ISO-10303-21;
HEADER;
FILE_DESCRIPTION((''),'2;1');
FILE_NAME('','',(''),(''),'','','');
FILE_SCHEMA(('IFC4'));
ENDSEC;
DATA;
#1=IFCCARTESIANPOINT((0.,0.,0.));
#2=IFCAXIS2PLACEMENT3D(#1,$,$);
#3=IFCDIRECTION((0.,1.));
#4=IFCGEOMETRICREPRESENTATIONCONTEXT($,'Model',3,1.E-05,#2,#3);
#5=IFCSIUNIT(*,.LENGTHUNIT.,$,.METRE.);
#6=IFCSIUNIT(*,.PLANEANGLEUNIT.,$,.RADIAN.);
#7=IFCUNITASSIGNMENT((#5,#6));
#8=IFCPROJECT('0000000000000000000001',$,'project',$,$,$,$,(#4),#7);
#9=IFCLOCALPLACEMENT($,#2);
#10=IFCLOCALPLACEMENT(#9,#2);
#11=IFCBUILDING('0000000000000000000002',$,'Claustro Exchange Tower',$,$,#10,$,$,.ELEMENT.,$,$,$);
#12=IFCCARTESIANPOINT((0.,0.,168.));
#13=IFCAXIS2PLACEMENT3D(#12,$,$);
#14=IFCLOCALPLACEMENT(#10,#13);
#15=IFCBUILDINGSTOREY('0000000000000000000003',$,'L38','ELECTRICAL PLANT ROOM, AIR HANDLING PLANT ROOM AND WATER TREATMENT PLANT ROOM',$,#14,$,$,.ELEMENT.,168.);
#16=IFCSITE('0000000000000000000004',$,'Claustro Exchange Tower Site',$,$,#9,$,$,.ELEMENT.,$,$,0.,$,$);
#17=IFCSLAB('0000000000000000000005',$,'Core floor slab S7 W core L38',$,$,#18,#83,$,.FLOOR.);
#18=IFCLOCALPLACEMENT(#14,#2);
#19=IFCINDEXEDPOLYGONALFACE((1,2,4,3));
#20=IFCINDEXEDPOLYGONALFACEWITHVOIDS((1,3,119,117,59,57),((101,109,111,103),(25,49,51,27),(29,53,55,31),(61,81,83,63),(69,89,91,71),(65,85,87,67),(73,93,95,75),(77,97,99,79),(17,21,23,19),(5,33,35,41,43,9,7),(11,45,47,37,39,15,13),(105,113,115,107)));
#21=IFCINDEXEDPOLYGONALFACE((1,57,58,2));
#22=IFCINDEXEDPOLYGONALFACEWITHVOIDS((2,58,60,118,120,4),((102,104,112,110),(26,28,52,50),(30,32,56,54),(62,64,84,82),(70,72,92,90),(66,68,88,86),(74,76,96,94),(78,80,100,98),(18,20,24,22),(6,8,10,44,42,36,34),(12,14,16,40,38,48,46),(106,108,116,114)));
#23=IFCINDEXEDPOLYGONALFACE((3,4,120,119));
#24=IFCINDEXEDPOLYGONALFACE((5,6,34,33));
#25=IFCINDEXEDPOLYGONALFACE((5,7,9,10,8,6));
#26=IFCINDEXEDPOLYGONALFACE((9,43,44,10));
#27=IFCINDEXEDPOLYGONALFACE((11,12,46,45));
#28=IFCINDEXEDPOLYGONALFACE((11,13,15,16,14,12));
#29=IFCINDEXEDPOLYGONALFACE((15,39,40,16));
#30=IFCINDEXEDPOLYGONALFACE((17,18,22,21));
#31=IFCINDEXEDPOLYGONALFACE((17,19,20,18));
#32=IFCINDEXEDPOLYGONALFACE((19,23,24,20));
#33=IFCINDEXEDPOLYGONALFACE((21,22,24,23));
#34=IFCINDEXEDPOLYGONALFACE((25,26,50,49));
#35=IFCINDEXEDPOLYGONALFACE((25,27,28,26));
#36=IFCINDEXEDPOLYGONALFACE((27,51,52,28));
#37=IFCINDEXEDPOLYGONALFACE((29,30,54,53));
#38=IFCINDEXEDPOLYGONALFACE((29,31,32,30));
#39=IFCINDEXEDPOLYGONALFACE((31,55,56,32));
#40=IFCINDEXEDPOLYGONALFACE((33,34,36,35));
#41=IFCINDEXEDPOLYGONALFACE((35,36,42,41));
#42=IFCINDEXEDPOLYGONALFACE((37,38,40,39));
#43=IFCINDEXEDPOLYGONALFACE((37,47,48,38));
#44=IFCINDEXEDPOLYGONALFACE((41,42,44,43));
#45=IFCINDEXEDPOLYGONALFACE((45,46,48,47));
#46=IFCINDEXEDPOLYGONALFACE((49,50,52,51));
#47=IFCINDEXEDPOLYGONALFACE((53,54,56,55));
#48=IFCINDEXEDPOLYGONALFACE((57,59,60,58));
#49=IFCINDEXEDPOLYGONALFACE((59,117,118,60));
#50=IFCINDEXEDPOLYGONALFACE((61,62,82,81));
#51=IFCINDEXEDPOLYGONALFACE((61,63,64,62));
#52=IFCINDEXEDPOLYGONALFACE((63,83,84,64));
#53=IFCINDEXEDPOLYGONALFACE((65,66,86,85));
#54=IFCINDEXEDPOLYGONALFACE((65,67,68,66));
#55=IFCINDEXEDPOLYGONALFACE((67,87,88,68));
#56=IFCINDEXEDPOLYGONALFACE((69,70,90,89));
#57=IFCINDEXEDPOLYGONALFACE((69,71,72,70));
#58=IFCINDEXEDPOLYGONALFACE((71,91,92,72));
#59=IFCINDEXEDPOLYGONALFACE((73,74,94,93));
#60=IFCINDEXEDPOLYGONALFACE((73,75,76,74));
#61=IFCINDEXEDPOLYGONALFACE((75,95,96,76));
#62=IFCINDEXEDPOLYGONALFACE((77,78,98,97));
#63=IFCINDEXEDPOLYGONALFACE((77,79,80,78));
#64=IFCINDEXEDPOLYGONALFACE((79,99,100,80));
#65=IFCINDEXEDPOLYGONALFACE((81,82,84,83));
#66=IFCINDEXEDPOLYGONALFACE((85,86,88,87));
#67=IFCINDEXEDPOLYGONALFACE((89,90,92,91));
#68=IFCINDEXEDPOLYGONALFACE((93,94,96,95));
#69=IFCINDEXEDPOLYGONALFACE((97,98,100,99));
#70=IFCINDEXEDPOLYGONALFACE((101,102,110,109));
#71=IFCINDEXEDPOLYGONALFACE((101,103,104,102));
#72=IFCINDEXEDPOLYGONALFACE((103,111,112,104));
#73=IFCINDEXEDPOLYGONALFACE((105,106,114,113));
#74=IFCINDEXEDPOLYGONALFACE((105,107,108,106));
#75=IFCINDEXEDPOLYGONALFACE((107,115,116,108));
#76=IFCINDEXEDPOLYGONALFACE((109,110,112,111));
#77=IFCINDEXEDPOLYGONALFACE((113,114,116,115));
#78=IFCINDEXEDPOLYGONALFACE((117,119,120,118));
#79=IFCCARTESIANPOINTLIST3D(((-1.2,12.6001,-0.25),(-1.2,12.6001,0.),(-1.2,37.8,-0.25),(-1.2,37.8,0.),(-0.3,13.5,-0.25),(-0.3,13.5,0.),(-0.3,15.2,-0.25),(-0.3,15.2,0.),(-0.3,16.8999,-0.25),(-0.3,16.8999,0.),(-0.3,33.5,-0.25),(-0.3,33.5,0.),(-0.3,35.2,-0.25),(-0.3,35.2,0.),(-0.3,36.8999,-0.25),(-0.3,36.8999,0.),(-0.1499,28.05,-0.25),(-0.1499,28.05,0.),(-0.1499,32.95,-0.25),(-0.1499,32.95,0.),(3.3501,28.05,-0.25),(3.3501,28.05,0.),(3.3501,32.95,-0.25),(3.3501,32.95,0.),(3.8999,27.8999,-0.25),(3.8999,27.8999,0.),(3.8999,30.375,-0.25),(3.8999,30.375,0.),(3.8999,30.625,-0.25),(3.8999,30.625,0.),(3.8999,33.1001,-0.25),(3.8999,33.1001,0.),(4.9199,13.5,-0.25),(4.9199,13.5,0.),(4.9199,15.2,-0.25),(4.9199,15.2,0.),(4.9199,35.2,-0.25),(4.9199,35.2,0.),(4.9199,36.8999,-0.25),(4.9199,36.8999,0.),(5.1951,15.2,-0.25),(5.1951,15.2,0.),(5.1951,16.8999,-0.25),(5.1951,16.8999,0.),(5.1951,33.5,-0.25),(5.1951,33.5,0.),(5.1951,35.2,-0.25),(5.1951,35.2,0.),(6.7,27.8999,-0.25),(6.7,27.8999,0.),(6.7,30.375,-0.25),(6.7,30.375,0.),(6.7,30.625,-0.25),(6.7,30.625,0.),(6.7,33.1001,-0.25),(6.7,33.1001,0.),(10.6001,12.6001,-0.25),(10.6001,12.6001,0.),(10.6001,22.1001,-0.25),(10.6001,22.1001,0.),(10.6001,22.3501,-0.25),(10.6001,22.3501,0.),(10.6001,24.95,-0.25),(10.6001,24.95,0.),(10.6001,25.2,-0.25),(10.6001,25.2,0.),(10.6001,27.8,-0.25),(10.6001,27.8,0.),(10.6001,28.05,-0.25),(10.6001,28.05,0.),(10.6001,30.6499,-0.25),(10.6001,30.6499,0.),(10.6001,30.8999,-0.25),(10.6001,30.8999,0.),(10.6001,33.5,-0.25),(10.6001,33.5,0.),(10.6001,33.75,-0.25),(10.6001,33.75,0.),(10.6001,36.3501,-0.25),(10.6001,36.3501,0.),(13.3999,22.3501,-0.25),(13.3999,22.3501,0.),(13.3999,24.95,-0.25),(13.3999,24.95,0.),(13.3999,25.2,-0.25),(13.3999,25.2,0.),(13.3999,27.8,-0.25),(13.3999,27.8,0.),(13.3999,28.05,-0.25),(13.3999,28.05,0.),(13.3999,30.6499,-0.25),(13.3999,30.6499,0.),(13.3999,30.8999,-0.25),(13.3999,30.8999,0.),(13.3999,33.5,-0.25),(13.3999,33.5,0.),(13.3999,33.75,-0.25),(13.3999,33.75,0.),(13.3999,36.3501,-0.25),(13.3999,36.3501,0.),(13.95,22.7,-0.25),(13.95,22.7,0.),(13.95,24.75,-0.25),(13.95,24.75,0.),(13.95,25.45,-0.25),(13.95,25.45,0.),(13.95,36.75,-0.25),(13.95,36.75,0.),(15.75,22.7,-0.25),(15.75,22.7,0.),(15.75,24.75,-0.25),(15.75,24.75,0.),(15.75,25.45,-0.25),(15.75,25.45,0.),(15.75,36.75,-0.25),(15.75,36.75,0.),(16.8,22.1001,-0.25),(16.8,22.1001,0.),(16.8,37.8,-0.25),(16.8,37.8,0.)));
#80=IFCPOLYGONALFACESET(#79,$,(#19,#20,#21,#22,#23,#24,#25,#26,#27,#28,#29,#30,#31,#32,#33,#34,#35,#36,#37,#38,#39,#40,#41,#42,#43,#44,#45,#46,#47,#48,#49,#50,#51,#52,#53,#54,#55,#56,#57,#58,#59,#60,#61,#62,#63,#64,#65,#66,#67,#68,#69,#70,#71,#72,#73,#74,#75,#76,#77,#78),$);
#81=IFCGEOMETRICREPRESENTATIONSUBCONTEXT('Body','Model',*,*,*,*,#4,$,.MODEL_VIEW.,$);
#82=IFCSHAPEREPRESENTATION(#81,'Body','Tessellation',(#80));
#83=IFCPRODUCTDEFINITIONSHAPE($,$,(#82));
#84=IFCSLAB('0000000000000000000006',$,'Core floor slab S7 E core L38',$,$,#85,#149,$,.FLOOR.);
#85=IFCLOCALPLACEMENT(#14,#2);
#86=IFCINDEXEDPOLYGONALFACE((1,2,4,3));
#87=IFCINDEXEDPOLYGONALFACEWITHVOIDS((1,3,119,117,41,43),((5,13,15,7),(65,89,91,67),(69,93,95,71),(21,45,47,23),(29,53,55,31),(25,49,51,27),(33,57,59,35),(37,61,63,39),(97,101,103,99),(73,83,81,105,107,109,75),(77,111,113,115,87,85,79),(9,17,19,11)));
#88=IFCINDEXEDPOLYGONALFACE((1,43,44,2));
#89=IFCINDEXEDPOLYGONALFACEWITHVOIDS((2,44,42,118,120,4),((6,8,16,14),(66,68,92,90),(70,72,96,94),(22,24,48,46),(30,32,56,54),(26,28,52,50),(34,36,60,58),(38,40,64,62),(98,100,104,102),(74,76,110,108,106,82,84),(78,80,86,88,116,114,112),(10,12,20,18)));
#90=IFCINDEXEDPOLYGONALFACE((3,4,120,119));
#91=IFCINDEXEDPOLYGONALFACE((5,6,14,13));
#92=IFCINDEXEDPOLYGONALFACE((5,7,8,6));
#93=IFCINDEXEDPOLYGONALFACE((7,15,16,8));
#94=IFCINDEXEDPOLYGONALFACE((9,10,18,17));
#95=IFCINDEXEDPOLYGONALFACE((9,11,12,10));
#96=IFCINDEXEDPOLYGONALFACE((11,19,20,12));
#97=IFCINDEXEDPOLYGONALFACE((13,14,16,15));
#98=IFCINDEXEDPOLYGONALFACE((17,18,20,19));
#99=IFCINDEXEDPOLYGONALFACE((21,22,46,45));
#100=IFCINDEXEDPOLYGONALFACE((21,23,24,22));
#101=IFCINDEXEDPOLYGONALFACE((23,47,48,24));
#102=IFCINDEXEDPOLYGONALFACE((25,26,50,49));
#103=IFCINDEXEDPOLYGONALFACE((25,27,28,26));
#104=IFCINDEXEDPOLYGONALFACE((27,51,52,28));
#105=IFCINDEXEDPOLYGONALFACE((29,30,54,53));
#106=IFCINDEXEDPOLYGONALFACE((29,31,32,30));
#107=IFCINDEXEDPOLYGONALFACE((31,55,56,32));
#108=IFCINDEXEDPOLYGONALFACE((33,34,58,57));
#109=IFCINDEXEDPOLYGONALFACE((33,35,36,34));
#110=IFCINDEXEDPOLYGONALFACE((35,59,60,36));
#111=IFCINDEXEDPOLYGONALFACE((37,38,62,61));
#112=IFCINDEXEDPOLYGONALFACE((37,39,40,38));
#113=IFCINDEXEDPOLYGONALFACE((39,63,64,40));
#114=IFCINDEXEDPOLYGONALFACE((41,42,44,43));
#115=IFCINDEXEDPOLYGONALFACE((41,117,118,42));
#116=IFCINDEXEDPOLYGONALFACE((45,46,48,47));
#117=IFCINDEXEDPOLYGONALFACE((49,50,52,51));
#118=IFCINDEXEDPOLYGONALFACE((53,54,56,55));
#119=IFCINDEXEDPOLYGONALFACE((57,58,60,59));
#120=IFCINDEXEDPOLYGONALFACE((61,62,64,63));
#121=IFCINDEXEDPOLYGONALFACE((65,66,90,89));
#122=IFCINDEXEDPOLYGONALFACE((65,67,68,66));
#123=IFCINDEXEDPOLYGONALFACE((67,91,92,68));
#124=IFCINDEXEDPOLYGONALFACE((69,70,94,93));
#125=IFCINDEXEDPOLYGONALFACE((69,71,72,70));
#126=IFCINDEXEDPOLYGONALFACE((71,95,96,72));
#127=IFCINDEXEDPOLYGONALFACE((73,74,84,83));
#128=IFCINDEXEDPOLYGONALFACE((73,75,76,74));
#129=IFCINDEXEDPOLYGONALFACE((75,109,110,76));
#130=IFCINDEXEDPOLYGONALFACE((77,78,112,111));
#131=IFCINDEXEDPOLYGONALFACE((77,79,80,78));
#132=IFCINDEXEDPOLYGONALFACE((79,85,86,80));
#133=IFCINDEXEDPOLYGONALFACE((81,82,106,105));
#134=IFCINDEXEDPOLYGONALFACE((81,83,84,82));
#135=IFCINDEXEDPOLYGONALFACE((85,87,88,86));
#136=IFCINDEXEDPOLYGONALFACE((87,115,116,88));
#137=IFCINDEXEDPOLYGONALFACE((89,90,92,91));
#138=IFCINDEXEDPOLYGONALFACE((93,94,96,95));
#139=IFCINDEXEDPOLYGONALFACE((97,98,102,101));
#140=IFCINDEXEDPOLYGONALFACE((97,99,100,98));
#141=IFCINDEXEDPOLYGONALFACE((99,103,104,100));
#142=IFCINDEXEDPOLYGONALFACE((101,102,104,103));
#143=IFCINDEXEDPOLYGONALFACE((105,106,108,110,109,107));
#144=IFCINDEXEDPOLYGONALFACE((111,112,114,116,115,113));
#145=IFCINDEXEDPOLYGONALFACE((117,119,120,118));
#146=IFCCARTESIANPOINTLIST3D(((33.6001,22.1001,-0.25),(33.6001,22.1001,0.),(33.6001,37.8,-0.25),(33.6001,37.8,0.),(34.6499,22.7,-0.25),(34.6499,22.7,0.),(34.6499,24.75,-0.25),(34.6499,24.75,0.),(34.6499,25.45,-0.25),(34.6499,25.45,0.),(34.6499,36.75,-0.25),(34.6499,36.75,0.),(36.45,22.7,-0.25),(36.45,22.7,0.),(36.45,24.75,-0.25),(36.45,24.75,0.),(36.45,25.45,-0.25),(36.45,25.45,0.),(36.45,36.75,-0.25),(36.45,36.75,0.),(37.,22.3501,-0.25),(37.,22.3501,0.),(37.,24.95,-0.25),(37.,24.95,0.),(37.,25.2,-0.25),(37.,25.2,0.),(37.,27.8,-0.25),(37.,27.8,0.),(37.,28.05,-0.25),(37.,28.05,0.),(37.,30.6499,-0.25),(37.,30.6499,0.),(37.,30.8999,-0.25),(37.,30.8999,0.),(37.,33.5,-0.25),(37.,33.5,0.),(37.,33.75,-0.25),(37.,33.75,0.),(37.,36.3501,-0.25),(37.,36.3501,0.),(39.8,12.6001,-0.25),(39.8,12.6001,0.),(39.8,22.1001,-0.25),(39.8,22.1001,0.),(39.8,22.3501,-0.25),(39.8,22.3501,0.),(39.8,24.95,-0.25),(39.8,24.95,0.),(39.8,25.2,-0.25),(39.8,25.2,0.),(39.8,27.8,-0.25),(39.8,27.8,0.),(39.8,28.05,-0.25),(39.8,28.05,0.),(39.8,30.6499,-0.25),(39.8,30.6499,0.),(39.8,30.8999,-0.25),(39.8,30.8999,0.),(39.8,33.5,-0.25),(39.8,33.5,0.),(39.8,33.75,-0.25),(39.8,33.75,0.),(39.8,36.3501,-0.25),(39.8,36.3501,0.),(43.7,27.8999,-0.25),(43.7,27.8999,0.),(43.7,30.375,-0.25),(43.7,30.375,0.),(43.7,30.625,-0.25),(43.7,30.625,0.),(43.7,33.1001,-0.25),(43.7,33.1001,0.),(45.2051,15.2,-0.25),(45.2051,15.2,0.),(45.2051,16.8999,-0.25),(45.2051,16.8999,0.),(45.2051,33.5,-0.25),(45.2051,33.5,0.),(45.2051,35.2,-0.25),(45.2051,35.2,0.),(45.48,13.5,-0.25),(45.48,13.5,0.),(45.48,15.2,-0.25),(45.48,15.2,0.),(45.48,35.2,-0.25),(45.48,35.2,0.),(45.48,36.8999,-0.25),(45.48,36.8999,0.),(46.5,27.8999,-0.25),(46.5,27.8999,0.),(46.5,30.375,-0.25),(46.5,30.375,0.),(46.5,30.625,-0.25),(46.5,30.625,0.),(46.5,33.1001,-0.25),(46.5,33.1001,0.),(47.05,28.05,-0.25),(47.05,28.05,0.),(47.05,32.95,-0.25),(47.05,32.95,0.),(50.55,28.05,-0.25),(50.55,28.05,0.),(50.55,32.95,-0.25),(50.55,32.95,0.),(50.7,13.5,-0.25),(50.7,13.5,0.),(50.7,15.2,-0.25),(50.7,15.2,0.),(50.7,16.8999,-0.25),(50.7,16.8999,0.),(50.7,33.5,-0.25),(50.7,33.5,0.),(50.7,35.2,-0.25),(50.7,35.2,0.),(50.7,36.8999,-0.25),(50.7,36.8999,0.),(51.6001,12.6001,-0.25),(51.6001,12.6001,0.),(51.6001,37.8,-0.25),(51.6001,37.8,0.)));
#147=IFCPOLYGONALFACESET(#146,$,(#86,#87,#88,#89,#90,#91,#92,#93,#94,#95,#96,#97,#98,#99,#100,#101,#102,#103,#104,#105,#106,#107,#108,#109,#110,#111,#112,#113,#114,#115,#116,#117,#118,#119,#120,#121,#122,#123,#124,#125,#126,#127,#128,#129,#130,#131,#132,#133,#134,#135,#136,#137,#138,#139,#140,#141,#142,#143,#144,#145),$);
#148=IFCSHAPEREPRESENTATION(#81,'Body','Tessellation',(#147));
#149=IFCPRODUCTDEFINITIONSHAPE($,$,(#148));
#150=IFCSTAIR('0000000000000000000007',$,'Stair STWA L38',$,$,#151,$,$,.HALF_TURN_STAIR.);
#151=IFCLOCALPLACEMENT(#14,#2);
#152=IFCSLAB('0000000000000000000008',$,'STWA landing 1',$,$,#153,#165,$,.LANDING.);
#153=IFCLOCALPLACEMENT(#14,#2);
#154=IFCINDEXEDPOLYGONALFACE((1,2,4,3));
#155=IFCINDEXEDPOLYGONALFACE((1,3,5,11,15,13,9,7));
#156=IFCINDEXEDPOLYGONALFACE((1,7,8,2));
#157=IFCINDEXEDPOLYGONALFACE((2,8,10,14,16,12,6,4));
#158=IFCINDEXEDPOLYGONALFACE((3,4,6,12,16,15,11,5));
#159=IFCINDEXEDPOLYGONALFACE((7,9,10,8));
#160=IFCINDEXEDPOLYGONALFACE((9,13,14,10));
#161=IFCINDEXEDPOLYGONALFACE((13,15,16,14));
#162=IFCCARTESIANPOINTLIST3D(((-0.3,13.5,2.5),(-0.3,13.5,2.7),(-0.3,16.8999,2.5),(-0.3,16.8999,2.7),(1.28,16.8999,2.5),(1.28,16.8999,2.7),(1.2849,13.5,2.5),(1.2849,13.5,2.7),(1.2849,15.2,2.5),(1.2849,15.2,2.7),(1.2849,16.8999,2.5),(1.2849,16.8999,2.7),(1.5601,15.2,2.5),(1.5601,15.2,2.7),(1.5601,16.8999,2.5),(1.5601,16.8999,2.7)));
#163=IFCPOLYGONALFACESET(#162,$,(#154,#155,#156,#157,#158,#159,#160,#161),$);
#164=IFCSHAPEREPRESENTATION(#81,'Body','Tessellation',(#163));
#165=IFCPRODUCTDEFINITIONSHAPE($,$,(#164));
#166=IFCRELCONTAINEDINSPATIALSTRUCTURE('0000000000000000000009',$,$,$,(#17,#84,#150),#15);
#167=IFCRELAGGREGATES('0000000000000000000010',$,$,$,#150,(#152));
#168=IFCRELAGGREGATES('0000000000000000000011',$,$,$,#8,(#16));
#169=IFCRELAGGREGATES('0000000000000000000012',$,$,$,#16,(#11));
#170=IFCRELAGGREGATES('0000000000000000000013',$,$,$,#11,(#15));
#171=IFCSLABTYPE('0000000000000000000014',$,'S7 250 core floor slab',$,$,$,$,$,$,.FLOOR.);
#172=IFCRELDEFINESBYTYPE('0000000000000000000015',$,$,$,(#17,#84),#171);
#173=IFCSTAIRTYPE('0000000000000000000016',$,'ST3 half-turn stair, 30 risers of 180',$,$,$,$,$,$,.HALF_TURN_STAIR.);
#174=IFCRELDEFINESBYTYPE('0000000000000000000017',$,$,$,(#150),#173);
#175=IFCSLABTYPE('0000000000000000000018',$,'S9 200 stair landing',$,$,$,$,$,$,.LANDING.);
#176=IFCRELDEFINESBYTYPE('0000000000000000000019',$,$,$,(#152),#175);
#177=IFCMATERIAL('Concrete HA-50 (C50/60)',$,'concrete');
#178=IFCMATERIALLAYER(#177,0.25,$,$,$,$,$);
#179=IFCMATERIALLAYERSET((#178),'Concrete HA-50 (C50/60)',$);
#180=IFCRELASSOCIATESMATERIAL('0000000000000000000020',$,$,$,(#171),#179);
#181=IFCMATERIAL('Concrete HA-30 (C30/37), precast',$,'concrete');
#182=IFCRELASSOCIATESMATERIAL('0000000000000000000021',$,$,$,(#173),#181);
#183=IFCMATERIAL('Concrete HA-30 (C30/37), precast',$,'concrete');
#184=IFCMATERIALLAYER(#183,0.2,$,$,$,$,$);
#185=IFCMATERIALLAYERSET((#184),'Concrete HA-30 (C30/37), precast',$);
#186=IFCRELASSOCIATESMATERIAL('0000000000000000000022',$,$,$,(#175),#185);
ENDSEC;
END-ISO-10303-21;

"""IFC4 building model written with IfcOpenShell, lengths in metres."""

from ifc_helpers import new_model, si_unit, direction, frame, origin, place, context, subcontext, project, spatial, polyline, outline, extrude, material, layer, layer_set, type_object, element, aggregate, save


model = new_model("IFC4")

# Units and contexts
model_context = context("Model", 3, precision=1e-05, world=origin(), true_north=direction((0.0, 1.0)))
body_context = subcontext(model_context, "Body", "Model", "MODEL_VIEW")
ifc_project = project(units=[si_unit("LENGTHUNIT", "METRE"), si_unit("PLANEANGLEUNIT", "RADIAN")], contexts=[model_context])

# Site, building, storey
site_placement = place(None, origin())
site = spatial("IfcSite", under=ifc_project, at=site_placement, Name="Claustro Exchange Tower Site", CompositionType="ELEMENT", RefElevation=0.0)
building_placement = place(site_placement, origin())
building = spatial("IfcBuilding", under=site, at=building_placement, Name="Claustro Exchange Tower", CompositionType="ELEMENT")
storey_placement = place(building_placement, frame((0.0, 0.0, 168.0)))
storey = spatial("IfcBuildingStorey", under=building, at=storey_placement, Name="L38", Description="ELECTRICAL PLANT ROOM, AIR HANDLING PLANT ROOM AND WATER TREATMENT PLANT ROOM", CompositionType="ELEMENT", Elevation=168.0)

# Slabs
ifc_material_1 = material(Name="Concrete HA-50 (C50/60)", Category="concrete")
ifc_layer_1 = layer(ifc_material_1, 0.25)
ifc_layer_set_1 = layer_set([ifc_layer_1], Name="Concrete HA-50 (C50/60)")
slab_type_1 = type_object("IfcSlabType", Name="S7 250 core floor slab", PredefinedType="FLOOR", material=ifc_layer_set_1)
slab_1_placement = place(storey_placement, frame((0.0, 0.0, -0.25)))
element("IfcSlab", 1, at=slab_1_placement, inside=storey, type_object=slab_type_1, Name="Core floor slab S7 W core L38", PredefinedType="FLOOR", context=body_context, shape_type="SweptSolid", body=[
    extrude(outline(polyline([(-1.2, 37.8), (-1.2, 12.6001), (10.6001, 12.6001), (10.6001, 22.1001), (16.8, 22.1001), (16.8, 37.8), (-1.2, 37.8)]), holes=[polyline([(13.95, 24.75), (15.75, 24.75), (15.75, 22.7), (13.95, 22.7), (13.95, 24.75)]), polyline([(13.95, 36.75), (15.75, 36.75), (15.75, 25.45), (13.95, 25.45), (13.95, 36.75)]), polyline([(13.3999, 24.95), (13.3999, 22.3501), (10.6001, 22.3501), (10.6001, 24.95), (13.3999, 24.95)]), polyline([(13.3999, 27.8), (13.3999, 25.2), (10.6001, 25.2), (10.6001, 27.8), (13.3999, 27.8)]), polyline([(13.3999, 30.6499), (13.3999, 28.05), (10.6001, 28.05), (10.6001, 30.6499), (13.3999, 30.6499)]), polyline([(13.3999, 33.5), (13.3999, 30.8999), (10.6001, 30.8999), (10.6001, 33.5), (13.3999, 33.5)]), polyline([(13.3999, 36.3501), (13.3999, 33.75), (10.6001, 33.75), (10.6001, 36.3501), (13.3999, 36.3501)]), polyline([(6.7, 30.375), (6.7, 27.8999), (3.8999, 27.8999), (3.8999, 30.375), (6.7, 30.375)]), polyline([(6.7, 33.1001), (6.7, 30.625), (3.8999, 30.625), (3.8999, 33.1001), (6.7, 33.1001)]), polyline([(-0.3, 15.2), (-0.3, 16.8999), (5.1951, 16.8999), (5.1951, 15.2), (4.9199, 15.2), (4.9199, 13.5), (-0.3, 13.5), (-0.3, 15.2)]), polyline([(-0.3, 35.2), (-0.3, 36.8999), (4.9199, 36.8999), (4.9199, 35.2), (5.1951, 35.2), (5.1951, 33.5), (-0.3, 33.5), (-0.3, 35.2)]), polyline([(-0.1499, 32.95), (3.3501, 32.95), (3.3501, 28.05), (-0.1499, 28.05), (-0.1499, 32.95)])]), origin(), (0.0, 0.0, 1.0), 0.25),
])
slab_2_placement = place(storey_placement, frame((0.0, 0.0, -0.25)))
element("IfcSlab", 2, at=slab_2_placement, inside=storey, type_object=slab_type_1, Name="Core floor slab S7 E core L38", PredefinedType="FLOOR", context=body_context, shape_type="SweptSolid", body=[
    extrude(outline(polyline([(51.6001, 37.8), (33.6001, 37.8), (33.6001, 22.1001), (39.8, 22.1001), (39.8, 12.6001), (51.6001, 12.6001), (51.6001, 37.8)]), holes=[polyline([(45.48, 15.2), (45.2051, 15.2), (45.2051, 16.8999), (50.7, 16.8999), (50.7, 15.2), (50.7, 13.5), (45.48, 13.5), (45.48, 15.2)]), polyline([(45.48, 35.2), (45.48, 36.8999), (50.7, 36.8999), (50.7, 35.2), (50.7, 33.5), (45.2051, 33.5), (45.2051, 35.2), (45.48, 35.2)]), polyline([(50.55, 32.95), (50.55, 28.05), (47.05, 28.05), (47.05, 32.95), (50.55, 32.95)]), polyline([(43.7, 33.1001), (46.5, 33.1001), (46.5, 30.625), (43.7, 30.625), (43.7, 33.1001)]), polyline([(46.5, 30.375), (46.5, 27.8999), (43.7, 27.8999), (43.7, 30.375), (46.5, 30.375)]), polyline([(37.0, 24.95), (39.8, 24.95), (39.8, 22.3501), (37.0, 22.3501), (37.0, 24.95)]), polyline([(37.0, 30.6499), (39.8, 30.6499), (39.8, 28.05), (37.0, 28.05), (37.0, 30.6499)]), polyline([(39.8, 27.8), (39.8, 25.2), (37.0, 25.2), (37.0, 27.8), (39.8, 27.8)]), polyline([(39.8, 33.5), (39.8, 30.8999), (37.0, 30.8999), (37.0, 33.5), (39.8, 33.5)]), polyline([(39.8, 36.3501), (39.8, 33.75), (37.0, 33.75), (37.0, 36.3501), (39.8, 36.3501)]), polyline([(36.45, 24.75), (36.45, 22.7), (34.6499, 22.7), (34.6499, 24.75), (36.45, 24.75)]), polyline([(36.45, 36.75), (36.45, 25.45), (34.6499, 25.45), (34.6499, 36.75), (36.45, 36.75)])]), origin(), (0.0, 0.0, 1.0), 0.25),
])

# Stair, slab
ifc_material_2 = material(Name="Concrete HA-30 (C30/37), precast", Category="concrete")
stair_type = type_object("IfcStairType", Name="ST3 half-turn stair, 30 risers of 180", PredefinedType="HALF_TURN_STAIR", material=ifc_material_2)
stair_1_placement = place(storey_placement, origin())
stair_1 = element("IfcStair", 3, at=stair_1_placement, inside=storey, type_object=stair_type, Name="Stair STWA L38", PredefinedType="HALF_TURN_STAIR")
ifc_material_3 = material(Name="Concrete HA-30 (C30/37), precast", Category="concrete")
ifc_layer_2 = layer(ifc_material_3, 0.2)
ifc_layer_set_2 = layer_set([ifc_layer_2], Name="Concrete HA-30 (C30/37), precast")
slab_type_2 = type_object("IfcSlabType", Name="S9 200 stair landing", PredefinedType="LANDING", material=ifc_layer_set_2)
slab_3_placement = place(storey_placement, frame((0.0, 0.0, 2.5)))
slab_3 = element("IfcSlab", 4, at=slab_3_placement, type_object=slab_type_2, Name="STWA landing 1", PredefinedType="LANDING", context=body_context, shape_type="SweptSolid", body=[
    extrude(outline(polyline([(1.2849, 13.5), (-0.3, 13.5), (-0.3, 16.8999), (1.28, 16.8999), (1.2849, 16.8999), (1.5601, 16.8999), (1.5601, 15.2), (1.2849, 15.2), (1.2849, 13.5)])), origin(), (0.0, 0.0, 1.0), 0.2),
])
aggregate(stair_1, [slab_3])

save(model, "model.ifc")
